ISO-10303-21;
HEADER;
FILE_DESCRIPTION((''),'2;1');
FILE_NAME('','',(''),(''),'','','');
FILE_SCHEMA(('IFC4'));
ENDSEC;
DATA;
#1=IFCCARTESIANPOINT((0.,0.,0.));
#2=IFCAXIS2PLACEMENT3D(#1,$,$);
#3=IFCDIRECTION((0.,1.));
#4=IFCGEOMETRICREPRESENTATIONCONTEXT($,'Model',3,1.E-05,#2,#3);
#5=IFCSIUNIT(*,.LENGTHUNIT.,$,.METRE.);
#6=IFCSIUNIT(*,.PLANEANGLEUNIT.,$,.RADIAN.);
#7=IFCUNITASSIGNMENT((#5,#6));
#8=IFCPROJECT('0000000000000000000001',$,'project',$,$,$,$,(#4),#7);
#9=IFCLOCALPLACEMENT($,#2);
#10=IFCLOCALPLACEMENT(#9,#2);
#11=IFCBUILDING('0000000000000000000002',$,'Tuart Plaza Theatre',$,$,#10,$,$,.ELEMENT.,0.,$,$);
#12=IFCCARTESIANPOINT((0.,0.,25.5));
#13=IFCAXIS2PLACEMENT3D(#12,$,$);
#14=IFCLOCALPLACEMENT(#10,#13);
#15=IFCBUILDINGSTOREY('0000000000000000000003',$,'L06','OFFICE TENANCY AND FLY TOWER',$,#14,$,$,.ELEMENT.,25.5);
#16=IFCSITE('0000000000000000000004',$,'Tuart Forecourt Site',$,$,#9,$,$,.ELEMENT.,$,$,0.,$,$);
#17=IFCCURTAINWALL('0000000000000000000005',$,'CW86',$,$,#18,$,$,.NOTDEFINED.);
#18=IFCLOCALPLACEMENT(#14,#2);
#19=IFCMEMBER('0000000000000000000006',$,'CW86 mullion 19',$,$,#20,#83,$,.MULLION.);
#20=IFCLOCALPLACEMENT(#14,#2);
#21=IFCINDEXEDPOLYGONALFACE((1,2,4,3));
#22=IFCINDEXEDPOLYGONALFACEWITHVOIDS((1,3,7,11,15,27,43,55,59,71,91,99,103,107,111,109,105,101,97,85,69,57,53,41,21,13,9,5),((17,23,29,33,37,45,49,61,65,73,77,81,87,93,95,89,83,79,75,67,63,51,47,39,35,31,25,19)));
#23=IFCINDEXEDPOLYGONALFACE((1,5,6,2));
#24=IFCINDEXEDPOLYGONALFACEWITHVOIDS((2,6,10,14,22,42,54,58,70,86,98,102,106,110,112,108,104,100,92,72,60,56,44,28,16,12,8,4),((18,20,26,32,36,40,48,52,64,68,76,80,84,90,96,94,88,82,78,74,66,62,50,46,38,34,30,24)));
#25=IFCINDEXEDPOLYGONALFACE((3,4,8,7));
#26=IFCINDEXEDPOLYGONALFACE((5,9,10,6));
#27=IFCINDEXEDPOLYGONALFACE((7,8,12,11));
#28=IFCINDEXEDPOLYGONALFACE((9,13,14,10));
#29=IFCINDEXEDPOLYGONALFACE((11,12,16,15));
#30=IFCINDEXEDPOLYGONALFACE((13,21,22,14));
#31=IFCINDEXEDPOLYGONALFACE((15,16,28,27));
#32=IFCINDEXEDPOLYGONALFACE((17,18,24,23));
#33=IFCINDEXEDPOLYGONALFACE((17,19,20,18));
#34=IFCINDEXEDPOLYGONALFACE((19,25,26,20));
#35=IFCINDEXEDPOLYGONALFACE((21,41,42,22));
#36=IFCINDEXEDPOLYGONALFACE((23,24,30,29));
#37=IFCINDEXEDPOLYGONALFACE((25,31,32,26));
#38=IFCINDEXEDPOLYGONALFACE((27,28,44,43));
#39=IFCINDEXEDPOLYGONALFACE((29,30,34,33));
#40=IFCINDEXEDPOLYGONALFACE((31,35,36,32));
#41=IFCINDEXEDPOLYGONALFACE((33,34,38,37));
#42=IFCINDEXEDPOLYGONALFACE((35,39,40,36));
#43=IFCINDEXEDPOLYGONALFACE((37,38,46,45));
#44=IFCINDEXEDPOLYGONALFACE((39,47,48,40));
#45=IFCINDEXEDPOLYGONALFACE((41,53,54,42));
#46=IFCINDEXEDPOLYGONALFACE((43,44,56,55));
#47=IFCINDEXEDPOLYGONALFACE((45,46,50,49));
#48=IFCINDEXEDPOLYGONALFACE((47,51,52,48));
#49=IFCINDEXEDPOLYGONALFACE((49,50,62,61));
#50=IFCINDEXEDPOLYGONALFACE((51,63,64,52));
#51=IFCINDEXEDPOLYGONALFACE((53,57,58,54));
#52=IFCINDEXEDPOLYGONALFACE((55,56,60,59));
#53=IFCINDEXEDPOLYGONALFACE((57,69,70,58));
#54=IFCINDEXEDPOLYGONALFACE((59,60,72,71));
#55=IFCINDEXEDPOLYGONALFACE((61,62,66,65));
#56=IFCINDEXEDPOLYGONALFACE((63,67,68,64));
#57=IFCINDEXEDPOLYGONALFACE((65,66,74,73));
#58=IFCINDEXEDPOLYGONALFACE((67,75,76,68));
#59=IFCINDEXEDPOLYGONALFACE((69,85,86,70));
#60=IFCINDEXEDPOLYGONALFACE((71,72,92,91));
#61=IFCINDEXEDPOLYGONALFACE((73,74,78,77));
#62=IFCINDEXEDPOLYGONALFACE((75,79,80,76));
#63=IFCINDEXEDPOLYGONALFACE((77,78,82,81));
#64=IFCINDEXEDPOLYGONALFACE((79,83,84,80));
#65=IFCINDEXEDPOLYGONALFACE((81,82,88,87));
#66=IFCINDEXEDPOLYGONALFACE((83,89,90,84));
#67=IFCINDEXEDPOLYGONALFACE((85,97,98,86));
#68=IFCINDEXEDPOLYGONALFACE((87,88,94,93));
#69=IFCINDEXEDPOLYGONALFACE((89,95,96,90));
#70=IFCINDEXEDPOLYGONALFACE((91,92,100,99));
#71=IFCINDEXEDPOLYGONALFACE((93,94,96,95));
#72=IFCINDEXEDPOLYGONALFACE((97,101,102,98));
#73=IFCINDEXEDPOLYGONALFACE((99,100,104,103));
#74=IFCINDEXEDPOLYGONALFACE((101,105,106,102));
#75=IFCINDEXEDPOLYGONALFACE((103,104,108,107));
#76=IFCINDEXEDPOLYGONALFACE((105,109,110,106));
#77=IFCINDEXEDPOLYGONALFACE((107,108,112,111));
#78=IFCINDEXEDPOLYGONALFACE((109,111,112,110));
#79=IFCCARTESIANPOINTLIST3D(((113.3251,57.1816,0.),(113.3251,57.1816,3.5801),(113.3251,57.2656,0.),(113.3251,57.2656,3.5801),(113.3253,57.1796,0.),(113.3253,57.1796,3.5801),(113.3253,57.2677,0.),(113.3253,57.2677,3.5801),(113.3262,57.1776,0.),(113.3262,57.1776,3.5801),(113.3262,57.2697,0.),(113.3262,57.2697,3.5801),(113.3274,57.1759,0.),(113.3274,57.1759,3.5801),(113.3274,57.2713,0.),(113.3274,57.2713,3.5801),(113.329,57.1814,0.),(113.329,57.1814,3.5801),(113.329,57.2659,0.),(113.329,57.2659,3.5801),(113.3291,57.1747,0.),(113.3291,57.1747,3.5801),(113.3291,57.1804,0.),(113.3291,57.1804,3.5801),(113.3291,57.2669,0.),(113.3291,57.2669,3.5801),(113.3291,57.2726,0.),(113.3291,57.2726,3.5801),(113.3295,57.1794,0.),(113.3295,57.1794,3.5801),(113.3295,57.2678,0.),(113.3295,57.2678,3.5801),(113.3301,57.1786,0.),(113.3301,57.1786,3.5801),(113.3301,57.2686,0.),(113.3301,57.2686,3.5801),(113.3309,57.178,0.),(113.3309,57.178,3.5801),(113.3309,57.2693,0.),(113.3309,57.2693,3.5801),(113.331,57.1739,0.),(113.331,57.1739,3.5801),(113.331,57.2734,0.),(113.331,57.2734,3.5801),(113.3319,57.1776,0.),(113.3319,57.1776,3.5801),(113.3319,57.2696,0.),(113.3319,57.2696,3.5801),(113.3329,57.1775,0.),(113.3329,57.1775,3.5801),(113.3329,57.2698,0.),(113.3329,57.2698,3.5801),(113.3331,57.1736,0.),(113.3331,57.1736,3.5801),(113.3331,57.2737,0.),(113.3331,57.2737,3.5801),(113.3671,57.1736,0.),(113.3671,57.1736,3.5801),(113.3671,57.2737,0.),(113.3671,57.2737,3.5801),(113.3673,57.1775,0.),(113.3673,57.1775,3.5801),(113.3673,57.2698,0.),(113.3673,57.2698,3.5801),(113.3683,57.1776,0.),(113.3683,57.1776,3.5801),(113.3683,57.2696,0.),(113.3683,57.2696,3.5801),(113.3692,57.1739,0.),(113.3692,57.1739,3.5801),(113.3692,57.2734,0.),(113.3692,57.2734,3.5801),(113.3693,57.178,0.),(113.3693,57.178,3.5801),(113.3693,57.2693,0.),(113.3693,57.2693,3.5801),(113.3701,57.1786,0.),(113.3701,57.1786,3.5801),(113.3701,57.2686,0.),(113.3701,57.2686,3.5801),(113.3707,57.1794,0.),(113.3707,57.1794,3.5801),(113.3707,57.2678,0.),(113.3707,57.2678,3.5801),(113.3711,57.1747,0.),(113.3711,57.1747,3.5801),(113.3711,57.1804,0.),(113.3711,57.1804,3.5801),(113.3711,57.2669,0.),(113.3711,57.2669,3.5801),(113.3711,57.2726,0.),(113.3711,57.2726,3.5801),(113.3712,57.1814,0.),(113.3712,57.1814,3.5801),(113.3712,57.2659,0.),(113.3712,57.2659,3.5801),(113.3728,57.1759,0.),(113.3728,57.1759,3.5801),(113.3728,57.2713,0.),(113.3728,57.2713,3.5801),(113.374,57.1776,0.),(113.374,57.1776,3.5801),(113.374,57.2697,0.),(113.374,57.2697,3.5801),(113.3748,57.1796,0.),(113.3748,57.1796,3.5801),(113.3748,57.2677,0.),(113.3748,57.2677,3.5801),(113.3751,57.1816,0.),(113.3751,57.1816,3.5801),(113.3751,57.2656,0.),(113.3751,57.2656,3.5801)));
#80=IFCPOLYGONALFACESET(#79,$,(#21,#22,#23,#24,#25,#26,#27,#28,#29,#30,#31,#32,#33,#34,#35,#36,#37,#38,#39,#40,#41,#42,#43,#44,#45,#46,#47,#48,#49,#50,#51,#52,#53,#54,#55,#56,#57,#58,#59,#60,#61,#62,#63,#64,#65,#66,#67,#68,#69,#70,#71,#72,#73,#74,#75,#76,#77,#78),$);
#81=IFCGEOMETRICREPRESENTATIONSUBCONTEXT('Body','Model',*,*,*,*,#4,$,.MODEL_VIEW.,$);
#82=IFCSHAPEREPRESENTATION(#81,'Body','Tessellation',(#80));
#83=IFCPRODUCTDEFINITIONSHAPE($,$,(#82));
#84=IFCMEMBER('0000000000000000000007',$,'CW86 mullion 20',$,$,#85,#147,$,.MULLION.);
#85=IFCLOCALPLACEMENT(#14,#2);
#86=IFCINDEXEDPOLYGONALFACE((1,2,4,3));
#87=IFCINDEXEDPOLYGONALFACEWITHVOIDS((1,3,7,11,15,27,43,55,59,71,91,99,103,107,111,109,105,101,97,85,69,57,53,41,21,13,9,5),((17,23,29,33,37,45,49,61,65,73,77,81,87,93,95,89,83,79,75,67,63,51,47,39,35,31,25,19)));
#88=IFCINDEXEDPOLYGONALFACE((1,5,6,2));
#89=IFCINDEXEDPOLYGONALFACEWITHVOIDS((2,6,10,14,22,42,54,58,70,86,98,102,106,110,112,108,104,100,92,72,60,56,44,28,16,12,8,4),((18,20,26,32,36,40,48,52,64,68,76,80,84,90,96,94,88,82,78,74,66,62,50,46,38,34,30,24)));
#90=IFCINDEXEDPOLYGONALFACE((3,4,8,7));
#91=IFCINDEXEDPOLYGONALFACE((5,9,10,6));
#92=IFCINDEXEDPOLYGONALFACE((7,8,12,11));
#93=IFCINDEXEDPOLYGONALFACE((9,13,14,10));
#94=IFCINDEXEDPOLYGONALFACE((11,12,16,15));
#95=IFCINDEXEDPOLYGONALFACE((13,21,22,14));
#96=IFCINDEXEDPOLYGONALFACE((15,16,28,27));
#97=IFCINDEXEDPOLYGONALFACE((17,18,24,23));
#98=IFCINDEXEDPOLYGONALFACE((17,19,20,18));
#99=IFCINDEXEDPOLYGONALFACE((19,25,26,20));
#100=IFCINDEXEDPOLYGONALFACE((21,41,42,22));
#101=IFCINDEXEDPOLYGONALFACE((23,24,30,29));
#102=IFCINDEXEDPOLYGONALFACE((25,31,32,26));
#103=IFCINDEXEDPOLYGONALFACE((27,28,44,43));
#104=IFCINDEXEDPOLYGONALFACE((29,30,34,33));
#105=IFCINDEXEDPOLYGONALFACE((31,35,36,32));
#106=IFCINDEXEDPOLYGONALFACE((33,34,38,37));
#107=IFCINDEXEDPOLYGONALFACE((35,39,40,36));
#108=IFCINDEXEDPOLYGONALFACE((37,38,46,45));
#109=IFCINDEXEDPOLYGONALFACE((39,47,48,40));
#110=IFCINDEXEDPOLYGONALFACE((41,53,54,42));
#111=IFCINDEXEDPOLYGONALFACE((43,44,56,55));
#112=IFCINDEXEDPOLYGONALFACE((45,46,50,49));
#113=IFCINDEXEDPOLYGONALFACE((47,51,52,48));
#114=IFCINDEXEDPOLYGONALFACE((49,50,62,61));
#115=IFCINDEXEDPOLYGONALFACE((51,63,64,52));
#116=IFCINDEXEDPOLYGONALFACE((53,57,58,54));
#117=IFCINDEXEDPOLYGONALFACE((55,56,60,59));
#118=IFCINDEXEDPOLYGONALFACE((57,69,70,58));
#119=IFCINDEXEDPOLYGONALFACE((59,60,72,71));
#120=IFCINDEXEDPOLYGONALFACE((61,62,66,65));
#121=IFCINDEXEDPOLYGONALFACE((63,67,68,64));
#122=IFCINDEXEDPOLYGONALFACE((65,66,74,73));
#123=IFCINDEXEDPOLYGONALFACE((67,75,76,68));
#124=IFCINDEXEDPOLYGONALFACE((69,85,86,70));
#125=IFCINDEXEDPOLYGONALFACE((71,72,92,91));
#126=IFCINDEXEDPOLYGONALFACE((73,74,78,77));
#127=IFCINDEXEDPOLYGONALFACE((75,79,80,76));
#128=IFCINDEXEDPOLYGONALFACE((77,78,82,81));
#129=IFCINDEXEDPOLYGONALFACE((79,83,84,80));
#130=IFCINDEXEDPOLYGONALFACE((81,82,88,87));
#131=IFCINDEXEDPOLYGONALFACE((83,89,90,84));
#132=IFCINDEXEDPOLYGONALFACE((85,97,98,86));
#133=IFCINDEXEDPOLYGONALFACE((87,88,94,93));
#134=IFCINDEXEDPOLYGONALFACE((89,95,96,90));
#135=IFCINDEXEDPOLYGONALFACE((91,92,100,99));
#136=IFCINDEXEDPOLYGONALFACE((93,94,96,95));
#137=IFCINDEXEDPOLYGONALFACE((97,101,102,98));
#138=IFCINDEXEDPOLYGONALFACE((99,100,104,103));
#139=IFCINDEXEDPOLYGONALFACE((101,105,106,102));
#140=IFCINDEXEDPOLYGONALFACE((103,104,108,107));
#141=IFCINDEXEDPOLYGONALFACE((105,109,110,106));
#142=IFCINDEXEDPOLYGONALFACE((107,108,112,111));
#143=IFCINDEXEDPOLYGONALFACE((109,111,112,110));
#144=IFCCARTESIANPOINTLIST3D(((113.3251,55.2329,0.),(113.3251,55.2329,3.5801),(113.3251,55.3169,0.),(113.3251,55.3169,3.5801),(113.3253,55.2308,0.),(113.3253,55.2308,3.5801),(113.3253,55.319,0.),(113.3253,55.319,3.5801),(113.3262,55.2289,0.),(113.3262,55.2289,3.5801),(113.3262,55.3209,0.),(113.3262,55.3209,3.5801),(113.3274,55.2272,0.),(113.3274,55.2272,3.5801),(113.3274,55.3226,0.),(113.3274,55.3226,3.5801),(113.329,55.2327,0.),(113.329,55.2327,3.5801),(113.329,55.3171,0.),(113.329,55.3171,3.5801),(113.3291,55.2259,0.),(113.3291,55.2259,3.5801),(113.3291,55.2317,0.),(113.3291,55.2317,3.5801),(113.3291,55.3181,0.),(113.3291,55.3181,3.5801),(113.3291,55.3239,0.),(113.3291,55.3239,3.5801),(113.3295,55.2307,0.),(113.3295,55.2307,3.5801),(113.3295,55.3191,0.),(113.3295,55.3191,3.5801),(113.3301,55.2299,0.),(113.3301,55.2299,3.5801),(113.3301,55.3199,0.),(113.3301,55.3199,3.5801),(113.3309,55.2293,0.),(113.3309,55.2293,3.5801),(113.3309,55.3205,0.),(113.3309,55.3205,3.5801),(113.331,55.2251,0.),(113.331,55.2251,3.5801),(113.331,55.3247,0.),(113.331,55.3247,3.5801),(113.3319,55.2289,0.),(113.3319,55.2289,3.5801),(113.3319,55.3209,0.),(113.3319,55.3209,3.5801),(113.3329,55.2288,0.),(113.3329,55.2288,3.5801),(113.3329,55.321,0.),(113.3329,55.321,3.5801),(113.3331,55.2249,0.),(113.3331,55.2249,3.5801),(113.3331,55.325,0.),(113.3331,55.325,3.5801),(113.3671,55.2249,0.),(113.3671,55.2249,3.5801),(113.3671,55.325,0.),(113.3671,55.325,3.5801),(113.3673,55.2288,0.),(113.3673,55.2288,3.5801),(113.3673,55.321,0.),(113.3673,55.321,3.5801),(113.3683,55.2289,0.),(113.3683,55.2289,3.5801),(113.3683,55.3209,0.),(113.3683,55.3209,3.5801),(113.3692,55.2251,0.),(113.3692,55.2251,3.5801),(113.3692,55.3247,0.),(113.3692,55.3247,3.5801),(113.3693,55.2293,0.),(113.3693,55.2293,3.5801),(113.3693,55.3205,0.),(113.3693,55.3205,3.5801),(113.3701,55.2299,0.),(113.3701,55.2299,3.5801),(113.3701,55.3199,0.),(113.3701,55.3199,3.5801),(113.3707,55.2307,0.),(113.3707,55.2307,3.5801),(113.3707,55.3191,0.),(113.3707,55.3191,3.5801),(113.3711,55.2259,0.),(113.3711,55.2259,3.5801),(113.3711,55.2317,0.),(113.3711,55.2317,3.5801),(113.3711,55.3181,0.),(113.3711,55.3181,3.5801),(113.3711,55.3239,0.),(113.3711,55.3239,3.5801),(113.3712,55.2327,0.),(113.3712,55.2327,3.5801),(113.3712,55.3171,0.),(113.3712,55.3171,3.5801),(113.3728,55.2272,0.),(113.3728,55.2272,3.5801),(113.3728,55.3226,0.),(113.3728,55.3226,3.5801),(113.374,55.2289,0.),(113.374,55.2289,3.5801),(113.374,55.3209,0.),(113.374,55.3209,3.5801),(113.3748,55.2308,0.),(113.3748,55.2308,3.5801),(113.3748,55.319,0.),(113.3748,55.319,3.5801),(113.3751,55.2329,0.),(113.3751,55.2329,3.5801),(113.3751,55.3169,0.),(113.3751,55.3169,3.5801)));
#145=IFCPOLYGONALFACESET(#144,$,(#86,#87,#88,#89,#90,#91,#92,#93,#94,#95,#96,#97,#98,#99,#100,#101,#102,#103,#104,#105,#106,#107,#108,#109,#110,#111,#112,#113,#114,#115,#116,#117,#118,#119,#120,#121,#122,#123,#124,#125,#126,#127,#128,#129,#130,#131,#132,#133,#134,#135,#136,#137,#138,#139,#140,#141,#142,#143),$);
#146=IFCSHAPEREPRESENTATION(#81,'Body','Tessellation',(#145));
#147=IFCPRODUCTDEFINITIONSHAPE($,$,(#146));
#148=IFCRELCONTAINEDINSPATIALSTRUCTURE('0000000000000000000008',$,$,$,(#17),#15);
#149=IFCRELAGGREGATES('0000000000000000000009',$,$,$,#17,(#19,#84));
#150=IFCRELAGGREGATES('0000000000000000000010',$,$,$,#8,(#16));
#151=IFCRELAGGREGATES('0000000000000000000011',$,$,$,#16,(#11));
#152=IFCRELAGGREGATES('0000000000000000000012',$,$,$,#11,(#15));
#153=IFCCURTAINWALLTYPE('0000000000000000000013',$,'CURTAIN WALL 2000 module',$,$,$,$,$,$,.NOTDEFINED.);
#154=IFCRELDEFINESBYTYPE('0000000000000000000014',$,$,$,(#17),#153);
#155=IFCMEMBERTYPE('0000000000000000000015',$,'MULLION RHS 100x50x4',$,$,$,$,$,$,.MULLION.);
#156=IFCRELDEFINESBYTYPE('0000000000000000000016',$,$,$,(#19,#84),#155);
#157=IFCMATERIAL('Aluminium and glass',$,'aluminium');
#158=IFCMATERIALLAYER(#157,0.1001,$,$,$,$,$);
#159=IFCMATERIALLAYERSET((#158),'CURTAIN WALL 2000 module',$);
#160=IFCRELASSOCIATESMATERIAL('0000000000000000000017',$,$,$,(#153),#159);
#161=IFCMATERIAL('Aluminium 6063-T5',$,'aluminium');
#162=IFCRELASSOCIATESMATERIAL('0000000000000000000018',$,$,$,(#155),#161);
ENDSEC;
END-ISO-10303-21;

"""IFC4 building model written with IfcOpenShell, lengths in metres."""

from ifc_helpers import new_model, si_unit, direction, frame, origin, origin_2d, place, context, subcontext, project, spatial, hollow_rectangle, extrude, material, layer, layer_set, material_profile, profile_set, type_object, element, aggregate, save


model = new_model("IFC4")

# Units and contexts
model_context = context("Model", 3, precision=1e-05, world=origin(), true_north=direction((0.0, 1.0)))
body_context = subcontext(model_context, "Body", "Model", "MODEL_VIEW")
ifc_project = project(units=[si_unit("LENGTHUNIT", "METRE"), si_unit("PLANEANGLEUNIT", "RADIAN")], contexts=[model_context])

# Site, building, storey
site_placement = place(None, origin())
site = spatial("IfcSite", under=ifc_project, at=site_placement, Name="Tuart Forecourt Site", CompositionType="ELEMENT", RefElevation=0.0)
building_placement = place(site_placement, origin())
building = spatial("IfcBuilding", under=site, at=building_placement, Name="Tuart Plaza Theatre", CompositionType="ELEMENT", ElevationOfRefHeight=0.0)
storey_placement = place(building_placement, frame((0.0, 0.0, 25.5)))
storey = spatial("IfcBuildingStorey", under=building, at=storey_placement, Name="L06", Description="OFFICE TENANCY AND FLY TOWER", CompositionType="ELEMENT", Elevation=25.5)

# Curtain wall, members
ifc_material_1 = material(Name="Aluminium and glass", Category="aluminium")
ifc_layer_1 = layer(ifc_material_1, 0.1001)
ifc_layer_set_1 = layer_set([ifc_layer_1], Name="CURTAIN WALL 2000 module")
curtain_wall_type = type_object("IfcCurtainWallType", Name="CURTAIN WALL 2000 module", PredefinedType="NOTDEFINED", material=ifc_layer_set_1)
curtain_wall_placement = place(storey_placement, origin())
curtain_wall = element("IfcCurtainWall", 1, at=curtain_wall_placement, inside=storey, type_object=curtain_wall_type, Name="CW86", PredefinedType="NOTDEFINED")
ifc_material_2 = material(Name="Aluminium 6063-T5", Category="aluminium")
ifc_material_profile_1 = material_profile(ifc_material_2, hollow_rectangle(XDim=0.05, YDim=0.1001, WallThickness=0.0039, InnerFilletRadius=0.0039, OuterFilletRadius=0.0081, at=origin_2d()), Name="RHS 100x50x4")
ifc_profile_set_1 = profile_set([ifc_material_profile_1], Name="Aluminium 6063-T5")
member_type_1 = type_object("IfcMemberType", Name="MULLION RHS 100x50x4", PredefinedType="MULLION", material=ifc_profile_set_1)
member_1_placement = place(storey_placement, frame((113.3501, 57.2236, 0.0), z_axis=(0.0, 0.0, 1.0), x_axis=(1.0, 0.0, 0.0)))
member_1 = element("IfcMember", 2, at=member_1_placement, type_object=member_type_1, Name="CW86 mullion 19", PredefinedType="MULLION", context=body_context, shape_type="SweptSolid", body=[
    extrude(hollow_rectangle(XDim=0.05, YDim=0.1001, WallThickness=0.0039, InnerFilletRadius=0.0039, OuterFilletRadius=0.0081, at=origin_2d()), origin(), (0.0, 0.0, 1.0), 3.5801),
])
member_2_placement = place(storey_placement, frame((113.3501, 55.2749, 0.0), z_axis=(0.0, 0.0, 1.0), x_axis=(1.0, 0.0, 0.0)))
member_2 = element("IfcMember", 3, at=member_2_placement, type_object=member_type_1, Name="CW86 mullion 20", PredefinedType="MULLION", context=body_context, shape_type="SweptSolid", body=[
    extrude(hollow_rectangle(XDim=0.05, YDim=0.1001, WallThickness=0.0039, InnerFilletRadius=0.0039, OuterFilletRadius=0.0081, at=origin_2d()), origin(), (0.0, 0.0, 1.0), 3.5801),
])
aggregate(curtain_wall, [member_1, member_2])

save(model, "model.ifc")
